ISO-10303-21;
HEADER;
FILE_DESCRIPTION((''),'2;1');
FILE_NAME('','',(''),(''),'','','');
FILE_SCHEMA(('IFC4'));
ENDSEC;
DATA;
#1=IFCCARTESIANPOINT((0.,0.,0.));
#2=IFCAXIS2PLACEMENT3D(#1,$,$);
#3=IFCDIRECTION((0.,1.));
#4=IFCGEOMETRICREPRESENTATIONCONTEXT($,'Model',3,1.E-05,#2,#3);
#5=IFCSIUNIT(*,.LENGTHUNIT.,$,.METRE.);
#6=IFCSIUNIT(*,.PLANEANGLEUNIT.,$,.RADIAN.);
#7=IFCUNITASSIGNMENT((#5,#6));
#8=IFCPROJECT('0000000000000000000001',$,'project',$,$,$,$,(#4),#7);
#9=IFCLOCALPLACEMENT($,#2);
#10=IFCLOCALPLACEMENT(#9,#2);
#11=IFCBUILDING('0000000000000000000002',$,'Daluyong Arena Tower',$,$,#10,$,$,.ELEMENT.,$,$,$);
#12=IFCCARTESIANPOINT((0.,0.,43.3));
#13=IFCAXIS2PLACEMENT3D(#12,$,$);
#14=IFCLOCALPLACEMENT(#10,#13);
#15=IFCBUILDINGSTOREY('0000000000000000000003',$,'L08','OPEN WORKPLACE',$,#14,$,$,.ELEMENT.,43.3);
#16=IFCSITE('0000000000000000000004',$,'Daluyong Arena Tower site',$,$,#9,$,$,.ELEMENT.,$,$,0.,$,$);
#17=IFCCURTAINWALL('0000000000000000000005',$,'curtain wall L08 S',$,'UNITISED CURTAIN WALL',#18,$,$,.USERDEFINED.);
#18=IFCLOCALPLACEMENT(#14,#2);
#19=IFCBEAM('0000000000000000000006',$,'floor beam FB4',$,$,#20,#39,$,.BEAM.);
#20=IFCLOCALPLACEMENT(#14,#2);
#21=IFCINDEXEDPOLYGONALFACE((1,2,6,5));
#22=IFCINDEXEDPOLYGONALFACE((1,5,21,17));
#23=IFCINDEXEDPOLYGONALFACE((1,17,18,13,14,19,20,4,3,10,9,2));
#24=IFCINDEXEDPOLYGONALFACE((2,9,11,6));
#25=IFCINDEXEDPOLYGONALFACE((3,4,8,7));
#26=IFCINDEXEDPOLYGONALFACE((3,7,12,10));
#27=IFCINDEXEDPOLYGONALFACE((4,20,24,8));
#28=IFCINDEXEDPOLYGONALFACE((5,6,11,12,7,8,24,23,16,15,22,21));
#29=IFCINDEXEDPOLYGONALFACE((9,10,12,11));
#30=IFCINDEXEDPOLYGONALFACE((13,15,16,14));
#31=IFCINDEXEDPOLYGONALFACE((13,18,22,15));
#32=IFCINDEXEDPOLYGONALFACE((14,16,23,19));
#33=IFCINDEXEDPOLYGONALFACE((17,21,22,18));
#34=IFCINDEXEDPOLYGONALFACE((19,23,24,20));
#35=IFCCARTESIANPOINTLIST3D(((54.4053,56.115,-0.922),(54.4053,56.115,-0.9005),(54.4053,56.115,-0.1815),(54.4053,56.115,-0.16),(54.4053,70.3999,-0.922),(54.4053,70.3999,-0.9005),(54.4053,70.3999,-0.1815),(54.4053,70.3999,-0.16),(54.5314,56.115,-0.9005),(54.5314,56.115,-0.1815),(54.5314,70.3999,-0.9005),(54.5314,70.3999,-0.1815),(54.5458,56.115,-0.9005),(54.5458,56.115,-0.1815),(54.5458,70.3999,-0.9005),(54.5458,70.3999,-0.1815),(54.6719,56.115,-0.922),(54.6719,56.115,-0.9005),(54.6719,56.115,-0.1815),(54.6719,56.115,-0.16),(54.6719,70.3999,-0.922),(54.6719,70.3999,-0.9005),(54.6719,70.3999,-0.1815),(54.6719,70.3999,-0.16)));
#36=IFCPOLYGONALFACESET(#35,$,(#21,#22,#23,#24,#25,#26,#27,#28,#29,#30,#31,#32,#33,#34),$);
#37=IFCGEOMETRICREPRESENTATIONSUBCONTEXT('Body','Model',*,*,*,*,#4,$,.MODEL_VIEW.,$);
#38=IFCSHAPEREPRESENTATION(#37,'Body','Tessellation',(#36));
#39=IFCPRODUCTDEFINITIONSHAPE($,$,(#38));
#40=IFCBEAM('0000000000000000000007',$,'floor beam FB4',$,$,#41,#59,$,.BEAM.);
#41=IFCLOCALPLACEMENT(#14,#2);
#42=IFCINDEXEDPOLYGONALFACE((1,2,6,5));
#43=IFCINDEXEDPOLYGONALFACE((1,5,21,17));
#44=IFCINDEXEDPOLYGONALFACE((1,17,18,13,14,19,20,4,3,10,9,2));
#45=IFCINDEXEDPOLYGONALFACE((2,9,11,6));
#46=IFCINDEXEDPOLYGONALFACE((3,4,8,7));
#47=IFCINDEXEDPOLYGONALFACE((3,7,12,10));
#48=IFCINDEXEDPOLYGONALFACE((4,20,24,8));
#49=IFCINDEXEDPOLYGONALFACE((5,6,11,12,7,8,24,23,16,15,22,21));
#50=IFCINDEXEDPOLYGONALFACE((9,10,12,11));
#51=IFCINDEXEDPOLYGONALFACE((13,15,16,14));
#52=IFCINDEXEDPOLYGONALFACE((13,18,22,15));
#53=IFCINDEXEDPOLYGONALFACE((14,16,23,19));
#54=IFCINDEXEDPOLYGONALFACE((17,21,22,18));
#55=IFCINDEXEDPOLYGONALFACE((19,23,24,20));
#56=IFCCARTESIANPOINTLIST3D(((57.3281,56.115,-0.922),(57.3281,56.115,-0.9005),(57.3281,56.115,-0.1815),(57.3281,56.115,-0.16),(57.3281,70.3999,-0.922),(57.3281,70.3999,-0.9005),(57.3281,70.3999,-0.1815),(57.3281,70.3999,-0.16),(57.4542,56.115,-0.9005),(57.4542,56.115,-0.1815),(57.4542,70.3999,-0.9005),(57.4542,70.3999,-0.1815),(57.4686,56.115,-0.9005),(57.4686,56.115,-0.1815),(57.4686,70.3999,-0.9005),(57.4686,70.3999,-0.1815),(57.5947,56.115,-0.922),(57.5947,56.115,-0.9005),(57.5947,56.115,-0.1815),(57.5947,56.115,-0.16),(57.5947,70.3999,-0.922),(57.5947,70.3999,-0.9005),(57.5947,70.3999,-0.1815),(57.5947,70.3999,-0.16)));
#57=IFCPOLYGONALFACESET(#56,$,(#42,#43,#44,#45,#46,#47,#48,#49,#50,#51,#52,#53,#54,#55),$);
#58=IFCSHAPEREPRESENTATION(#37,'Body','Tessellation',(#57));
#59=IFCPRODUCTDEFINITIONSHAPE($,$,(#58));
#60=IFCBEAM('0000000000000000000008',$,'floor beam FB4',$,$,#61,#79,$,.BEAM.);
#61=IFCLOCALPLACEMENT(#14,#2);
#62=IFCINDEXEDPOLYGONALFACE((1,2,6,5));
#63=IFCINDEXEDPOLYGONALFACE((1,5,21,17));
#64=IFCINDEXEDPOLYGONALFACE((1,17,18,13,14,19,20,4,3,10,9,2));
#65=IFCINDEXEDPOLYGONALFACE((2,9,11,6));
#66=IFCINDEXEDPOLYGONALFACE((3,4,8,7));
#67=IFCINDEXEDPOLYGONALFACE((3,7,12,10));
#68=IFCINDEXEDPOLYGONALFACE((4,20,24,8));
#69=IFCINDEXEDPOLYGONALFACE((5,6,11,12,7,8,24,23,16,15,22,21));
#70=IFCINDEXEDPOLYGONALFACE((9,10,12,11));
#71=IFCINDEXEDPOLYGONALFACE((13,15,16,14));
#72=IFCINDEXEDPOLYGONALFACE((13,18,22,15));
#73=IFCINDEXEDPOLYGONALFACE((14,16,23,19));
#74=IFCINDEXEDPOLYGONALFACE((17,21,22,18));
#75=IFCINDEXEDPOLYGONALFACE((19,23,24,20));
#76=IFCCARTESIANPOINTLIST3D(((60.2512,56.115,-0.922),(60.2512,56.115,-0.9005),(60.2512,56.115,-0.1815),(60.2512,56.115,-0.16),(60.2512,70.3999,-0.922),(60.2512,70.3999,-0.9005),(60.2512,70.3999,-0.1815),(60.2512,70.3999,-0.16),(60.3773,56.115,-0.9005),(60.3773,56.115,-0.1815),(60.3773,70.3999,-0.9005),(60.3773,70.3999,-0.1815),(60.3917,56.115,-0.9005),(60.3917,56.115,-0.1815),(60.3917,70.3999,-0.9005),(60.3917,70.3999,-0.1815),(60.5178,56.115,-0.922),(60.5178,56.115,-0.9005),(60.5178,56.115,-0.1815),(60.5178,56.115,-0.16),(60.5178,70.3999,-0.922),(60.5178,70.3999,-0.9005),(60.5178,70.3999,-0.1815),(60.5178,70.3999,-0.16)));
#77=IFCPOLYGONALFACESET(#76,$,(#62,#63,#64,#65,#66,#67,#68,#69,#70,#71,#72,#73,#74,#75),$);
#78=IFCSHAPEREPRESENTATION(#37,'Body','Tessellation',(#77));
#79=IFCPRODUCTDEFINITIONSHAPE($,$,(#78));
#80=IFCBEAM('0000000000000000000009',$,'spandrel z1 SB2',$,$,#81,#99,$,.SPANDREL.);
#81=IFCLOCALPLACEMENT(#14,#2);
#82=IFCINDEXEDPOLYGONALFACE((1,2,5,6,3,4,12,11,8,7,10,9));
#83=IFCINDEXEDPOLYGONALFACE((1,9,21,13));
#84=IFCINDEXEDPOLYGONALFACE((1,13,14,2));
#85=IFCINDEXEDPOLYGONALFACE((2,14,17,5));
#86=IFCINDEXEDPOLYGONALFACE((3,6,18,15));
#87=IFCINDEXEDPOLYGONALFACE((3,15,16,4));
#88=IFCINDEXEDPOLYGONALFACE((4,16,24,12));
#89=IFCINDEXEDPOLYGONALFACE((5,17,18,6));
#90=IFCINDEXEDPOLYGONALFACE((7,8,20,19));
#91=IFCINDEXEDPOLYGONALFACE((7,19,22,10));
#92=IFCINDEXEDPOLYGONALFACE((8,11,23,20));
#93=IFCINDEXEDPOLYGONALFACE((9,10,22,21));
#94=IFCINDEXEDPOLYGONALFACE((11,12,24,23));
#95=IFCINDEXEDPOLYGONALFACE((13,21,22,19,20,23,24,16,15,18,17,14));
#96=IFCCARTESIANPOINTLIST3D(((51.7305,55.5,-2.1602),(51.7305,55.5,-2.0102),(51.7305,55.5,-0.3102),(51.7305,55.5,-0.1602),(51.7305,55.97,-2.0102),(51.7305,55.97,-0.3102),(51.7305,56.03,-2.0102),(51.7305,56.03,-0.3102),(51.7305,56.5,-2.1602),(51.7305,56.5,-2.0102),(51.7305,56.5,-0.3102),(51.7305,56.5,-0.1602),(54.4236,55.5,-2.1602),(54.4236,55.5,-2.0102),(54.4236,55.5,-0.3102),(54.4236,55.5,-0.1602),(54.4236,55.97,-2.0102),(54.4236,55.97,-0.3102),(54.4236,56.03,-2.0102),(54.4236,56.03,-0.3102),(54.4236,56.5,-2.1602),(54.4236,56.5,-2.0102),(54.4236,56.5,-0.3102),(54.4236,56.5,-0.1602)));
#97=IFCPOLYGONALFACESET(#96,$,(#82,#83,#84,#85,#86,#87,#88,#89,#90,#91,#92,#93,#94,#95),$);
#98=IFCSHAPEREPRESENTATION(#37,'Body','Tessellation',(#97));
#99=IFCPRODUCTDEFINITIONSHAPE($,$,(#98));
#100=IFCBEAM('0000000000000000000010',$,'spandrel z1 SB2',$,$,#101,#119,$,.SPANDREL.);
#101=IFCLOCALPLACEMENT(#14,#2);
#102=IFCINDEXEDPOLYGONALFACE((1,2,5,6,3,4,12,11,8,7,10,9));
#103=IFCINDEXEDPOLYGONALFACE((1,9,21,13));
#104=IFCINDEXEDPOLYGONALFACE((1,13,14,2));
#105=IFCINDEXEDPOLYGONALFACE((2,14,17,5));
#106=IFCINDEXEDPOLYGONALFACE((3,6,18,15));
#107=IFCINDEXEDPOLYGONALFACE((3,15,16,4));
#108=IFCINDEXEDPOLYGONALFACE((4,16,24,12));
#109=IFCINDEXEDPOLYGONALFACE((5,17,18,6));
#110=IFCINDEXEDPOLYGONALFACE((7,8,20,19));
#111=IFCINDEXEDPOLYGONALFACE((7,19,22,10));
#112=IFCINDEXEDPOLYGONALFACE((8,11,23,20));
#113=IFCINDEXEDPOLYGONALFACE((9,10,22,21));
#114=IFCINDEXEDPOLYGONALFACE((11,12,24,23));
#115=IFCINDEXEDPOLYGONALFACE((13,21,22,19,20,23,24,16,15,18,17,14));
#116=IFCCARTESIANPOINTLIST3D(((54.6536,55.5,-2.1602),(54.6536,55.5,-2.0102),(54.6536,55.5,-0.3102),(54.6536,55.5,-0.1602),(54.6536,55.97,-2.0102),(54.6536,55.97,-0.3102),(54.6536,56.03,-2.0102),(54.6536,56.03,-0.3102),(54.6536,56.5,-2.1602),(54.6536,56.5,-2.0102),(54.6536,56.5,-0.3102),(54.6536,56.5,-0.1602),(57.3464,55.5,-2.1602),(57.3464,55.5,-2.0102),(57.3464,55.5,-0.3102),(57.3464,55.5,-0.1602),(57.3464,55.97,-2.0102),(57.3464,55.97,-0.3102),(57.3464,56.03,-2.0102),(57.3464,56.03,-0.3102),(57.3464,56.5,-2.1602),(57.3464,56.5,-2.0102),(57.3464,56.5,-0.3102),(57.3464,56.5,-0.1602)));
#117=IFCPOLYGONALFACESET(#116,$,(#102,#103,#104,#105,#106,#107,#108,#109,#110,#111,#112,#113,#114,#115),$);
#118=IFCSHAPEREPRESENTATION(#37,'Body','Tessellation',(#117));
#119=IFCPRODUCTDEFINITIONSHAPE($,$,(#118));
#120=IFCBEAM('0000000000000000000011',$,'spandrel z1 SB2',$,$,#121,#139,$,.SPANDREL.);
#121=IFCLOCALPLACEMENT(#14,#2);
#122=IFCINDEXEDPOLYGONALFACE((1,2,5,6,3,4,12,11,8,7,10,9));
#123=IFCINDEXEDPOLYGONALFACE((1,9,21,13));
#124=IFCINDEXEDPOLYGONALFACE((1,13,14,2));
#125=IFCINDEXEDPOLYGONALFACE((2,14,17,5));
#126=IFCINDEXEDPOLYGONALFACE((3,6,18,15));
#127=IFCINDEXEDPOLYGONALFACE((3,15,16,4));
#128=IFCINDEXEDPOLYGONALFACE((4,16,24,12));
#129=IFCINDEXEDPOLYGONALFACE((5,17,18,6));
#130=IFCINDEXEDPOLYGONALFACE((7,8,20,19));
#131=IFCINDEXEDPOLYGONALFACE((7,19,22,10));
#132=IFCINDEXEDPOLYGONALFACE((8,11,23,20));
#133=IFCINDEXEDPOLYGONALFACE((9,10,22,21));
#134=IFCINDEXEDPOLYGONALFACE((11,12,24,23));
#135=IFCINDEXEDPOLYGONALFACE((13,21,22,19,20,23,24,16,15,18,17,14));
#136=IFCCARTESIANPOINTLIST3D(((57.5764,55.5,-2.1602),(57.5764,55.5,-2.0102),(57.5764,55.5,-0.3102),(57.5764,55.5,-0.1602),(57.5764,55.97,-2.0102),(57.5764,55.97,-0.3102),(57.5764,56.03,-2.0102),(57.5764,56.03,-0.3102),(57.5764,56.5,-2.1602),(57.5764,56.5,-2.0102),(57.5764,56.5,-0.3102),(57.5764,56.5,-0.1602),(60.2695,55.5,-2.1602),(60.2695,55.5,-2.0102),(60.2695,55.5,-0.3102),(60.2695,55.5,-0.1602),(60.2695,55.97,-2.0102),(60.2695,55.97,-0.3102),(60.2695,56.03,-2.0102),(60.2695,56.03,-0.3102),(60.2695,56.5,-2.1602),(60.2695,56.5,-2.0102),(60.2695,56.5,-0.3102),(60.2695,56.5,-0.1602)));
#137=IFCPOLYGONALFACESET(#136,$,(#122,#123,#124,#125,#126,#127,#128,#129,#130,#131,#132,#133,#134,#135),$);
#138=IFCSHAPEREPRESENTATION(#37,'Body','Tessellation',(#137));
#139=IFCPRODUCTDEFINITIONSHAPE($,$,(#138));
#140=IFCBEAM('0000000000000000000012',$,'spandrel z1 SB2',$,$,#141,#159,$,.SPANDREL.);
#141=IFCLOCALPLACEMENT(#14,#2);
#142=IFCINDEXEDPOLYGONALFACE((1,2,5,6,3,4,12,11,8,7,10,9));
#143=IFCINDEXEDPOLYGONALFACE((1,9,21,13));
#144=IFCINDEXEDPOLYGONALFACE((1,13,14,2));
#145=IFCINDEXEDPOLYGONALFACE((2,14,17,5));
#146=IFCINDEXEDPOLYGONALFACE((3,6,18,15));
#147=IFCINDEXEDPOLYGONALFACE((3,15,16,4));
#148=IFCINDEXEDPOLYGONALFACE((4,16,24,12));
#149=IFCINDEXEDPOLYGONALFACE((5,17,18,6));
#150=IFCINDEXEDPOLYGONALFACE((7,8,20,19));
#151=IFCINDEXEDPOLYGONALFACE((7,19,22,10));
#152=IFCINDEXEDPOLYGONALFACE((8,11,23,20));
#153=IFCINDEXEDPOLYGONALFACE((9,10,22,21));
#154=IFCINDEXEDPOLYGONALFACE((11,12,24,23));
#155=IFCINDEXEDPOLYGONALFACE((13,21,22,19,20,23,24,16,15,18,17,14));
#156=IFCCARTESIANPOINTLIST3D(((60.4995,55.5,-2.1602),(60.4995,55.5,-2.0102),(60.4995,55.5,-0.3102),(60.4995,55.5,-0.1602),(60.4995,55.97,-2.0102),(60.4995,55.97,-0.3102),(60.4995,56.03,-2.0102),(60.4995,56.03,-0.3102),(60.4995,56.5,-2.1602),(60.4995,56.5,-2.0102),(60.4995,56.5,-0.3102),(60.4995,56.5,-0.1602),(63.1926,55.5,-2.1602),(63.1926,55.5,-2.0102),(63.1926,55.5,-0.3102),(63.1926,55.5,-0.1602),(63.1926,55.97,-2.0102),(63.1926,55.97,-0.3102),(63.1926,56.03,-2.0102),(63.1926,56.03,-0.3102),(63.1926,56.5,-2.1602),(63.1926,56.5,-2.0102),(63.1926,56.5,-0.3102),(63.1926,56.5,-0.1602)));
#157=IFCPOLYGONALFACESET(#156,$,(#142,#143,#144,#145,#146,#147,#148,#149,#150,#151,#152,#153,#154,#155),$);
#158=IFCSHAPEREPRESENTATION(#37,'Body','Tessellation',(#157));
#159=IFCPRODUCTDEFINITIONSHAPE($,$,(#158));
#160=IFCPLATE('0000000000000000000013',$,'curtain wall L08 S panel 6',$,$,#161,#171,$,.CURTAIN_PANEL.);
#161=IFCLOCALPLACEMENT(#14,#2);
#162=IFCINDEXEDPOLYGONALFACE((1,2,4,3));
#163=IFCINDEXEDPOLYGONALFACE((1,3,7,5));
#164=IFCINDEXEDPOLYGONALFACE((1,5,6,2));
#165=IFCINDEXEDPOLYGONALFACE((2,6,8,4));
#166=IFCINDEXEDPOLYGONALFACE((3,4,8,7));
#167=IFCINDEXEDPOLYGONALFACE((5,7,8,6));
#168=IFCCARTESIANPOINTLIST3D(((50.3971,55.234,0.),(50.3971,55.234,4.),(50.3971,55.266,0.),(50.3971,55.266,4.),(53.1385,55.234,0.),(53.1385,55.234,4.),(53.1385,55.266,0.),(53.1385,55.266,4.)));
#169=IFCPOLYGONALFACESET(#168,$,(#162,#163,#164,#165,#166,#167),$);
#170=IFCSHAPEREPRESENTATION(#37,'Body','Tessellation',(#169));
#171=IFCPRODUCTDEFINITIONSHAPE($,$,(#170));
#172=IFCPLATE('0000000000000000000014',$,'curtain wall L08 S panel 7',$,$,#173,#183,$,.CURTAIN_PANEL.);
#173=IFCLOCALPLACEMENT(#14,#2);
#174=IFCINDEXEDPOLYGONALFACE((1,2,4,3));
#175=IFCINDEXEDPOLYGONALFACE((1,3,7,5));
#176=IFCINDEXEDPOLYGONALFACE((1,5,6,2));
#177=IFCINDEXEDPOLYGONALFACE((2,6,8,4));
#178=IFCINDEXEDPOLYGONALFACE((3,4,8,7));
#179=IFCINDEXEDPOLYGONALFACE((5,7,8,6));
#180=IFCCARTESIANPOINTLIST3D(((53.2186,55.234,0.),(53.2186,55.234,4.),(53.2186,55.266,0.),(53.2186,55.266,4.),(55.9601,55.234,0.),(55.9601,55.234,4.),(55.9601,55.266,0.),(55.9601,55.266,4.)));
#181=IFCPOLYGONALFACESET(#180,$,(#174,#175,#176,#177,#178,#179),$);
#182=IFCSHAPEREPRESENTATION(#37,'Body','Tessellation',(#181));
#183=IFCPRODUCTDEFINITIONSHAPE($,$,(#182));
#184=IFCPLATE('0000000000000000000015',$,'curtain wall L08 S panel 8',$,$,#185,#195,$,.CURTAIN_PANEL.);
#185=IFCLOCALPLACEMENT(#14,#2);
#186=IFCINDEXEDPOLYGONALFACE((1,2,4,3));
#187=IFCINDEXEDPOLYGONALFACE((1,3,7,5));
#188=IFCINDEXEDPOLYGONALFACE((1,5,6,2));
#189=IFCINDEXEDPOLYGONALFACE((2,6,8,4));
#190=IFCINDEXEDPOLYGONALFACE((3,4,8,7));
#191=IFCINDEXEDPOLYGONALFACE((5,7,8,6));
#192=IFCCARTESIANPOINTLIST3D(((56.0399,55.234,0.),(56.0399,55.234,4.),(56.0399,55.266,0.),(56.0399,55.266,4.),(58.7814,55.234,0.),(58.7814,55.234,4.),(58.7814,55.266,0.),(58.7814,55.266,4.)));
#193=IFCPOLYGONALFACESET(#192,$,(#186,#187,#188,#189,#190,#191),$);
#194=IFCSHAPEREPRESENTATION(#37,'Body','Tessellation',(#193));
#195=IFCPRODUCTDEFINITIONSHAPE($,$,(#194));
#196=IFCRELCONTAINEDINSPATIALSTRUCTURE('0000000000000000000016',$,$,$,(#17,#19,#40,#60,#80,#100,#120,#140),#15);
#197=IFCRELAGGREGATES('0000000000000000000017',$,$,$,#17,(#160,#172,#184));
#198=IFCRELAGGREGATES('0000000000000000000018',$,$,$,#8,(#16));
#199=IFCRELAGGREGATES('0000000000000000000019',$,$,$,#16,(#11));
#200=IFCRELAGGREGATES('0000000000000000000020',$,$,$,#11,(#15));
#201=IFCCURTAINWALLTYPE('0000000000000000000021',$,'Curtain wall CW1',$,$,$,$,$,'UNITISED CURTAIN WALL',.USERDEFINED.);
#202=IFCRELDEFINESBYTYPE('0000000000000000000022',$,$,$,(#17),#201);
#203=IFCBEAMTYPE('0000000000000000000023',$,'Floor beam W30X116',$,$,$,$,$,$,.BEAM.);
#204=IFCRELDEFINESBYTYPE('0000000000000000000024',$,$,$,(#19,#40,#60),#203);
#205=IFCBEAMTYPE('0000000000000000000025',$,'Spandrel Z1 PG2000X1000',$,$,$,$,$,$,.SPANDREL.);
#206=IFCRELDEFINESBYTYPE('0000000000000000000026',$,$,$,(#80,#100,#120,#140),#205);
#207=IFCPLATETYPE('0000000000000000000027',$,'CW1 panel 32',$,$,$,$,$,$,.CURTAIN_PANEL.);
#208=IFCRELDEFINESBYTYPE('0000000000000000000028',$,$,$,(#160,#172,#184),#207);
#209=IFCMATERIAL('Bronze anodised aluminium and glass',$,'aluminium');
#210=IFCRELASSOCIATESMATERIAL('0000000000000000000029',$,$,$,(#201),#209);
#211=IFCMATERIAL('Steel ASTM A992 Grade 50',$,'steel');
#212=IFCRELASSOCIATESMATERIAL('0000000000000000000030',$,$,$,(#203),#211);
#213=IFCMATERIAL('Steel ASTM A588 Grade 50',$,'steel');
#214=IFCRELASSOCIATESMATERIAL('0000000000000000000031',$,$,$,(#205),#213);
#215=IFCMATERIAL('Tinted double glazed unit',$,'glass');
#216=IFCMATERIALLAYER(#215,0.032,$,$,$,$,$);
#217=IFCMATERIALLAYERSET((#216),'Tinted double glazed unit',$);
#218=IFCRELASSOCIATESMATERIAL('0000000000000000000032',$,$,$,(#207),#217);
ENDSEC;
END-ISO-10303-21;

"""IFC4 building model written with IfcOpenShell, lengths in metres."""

from ifc_helpers import new_model, si_unit, direction, frame, origin, origin_2d, place, context, subcontext, project, spatial, rectangle, i_section, extrude, material, layer, layer_set, material_profile, profile_set, type_object, element, aggregate, save


model = new_model("IFC4")

# Units and contexts
model_context = context("Model", 3, precision=1e-05, world=origin(), true_north=direction((0.0, 1.0)))
body_context = subcontext(model_context, "Body", "Model", "MODEL_VIEW")
ifc_project = project(units=[si_unit("LENGTHUNIT", "METRE"), si_unit("PLANEANGLEUNIT", "RADIAN")], contexts=[model_context])

# Site, building, storey
site_placement = place(None, origin())
site = spatial("IfcSite", under=ifc_project, at=site_placement, Name="Daluyong Arena Tower site", CompositionType="ELEMENT", RefElevation=0.0)
building_placement = place(site_placement, origin())
building = spatial("IfcBuilding", under=site, at=building_placement, Name="Daluyong Arena Tower", CompositionType="ELEMENT")
storey_placement = place(building_placement, frame((0.0, 0.0, 43.3)))
storey = spatial("IfcBuildingStorey", under=building, at=storey_placement, Name="L08", Description="OPEN WORKPLACE", CompositionType="ELEMENT", Elevation=43.3)

# Curtain wall
ifc_material_1 = material(Name="Bronze anodised aluminium and glass", Category="aluminium")
curtain_wall_type = type_object("IfcCurtainWallType", Name="Curtain wall CW1", ElementType="UNITISED CURTAIN WALL", PredefinedType="USERDEFINED", material=ifc_material_1)
curtain_wall_placement = place(storey_placement, origin())
curtain_wall = element("IfcCurtainWall", 1, at=curtain_wall_placement, inside=storey, type_object=curtain_wall_type, Name="curtain wall L08 S", ObjectType="UNITISED CURTAIN WALL", PredefinedType="USERDEFINED")

# Beams
ifc_material_2 = material(Name="Steel ASTM A992 Grade 50", Category="steel")
ifc_material_profile_1 = material_profile(ifc_material_2, i_section(OverallWidth=0.2666, OverallDepth=0.762, WebThickness=0.0144, FlangeThickness=0.0215, at=origin_2d()))
ifc_profile_set_1 = profile_set([ifc_material_profile_1], Name="Steel ASTM A992 Grade 50")
beam_type_1 = type_object("IfcBeamType", Name="Floor beam W30X116", PredefinedType="BEAM", material=ifc_profile_set_1)
for number, where, z_axis, x_axis, name in (
    (2, (54.5386, 56.115, -0.541), (0.0, 1.0, 0.0), (-1.0, 0.0, 0.0), "floor beam FB4"),
    (3, (57.4614, 56.115, -0.541), (0.0, 1.0, 0.0), (-1.0, 0.0, 0.0), "floor beam FB4"),
    (4, (60.3845, 56.115, -0.541), (0.0, 1.0, 0.0), (-1.0, 0.0, 0.0), "floor beam FB4"),
):
    element("IfcBeam", number, at=place(storey_placement, frame(where, z_axis=z_axis, x_axis=x_axis)), inside=storey, type_object=beam_type_1, Name=name, PredefinedType="BEAM", context=body_context, shape_type="SweptSolid", body=[
        extrude(i_section(OverallWidth=0.2666, OverallDepth=0.762, WebThickness=0.0144, FlangeThickness=0.0215, at=origin_2d()), origin(), (0.0, 0.0, 1.0), 14.2849),
    ])
ifc_material_3 = material(Name="Steel ASTM A588 Grade 50", Category="steel")
ifc_material_profile_2 = material_profile(ifc_material_3, i_section(OverallWidth=1.0, OverallDepth=2.0, WebThickness=0.06, FlangeThickness=0.15, at=origin_2d()))
ifc_profile_set_2 = profile_set([ifc_material_profile_2], Name="Steel ASTM A588 Grade 50")
beam_type_2 = type_object("IfcBeamType", Name="Spandrel Z1 PG2000X1000", PredefinedType="SPANDREL", material=ifc_profile_set_2)
beam_1_placement = place(storey_placement, frame((51.7305, 56.0, -1.1602), z_axis=(1.0, 0.0, 0.0), x_axis=(0.0, 1.0, 0.0)))
element("IfcBeam", 5, at=beam_1_placement, inside=storey, type_object=beam_type_2, Name="spandrel z1 SB2", PredefinedType="SPANDREL", context=body_context, shape_type="SweptSolid", body=[
    extrude(i_section(OverallWidth=1.0, OverallDepth=2.0, WebThickness=0.06, FlangeThickness=0.15, at=origin_2d()), origin(), (0.0, 0.0, 1.0), 2.6931),
])
beam_2_placement = place(storey_placement, frame((54.6536, 56.0, -1.1602), z_axis=(1.0, 0.0, 0.0), x_axis=(0.0, 1.0, 0.0)))
element("IfcBeam", 6, at=beam_2_placement, inside=storey, type_object=beam_type_2, Name="spandrel z1 SB2", PredefinedType="SPANDREL", context=body_context, shape_type="SweptSolid", body=[
    extrude(i_section(OverallWidth=1.0, OverallDepth=2.0, WebThickness=0.06, FlangeThickness=0.15, at=origin_2d()), origin(), (0.0, 0.0, 1.0), 2.6929),
])
for number, where, z_axis, x_axis, name in (
    (7, (57.5764, 56.0, -1.1602), (1.0, 0.0, 0.0), (0.0, 1.0, 0.0), "spandrel z1 SB2"),
    (8, (60.4995, 56.0, -1.1602), (1.0, 0.0, 0.0), (0.0, 1.0, 0.0), "spandrel z1 SB2"),
):
    element("IfcBeam", number, at=place(storey_placement, frame(where, z_axis=z_axis, x_axis=x_axis)), inside=storey, type_object=beam_type_2, Name=name, PredefinedType="SPANDREL", context=body_context, shape_type="SweptSolid", body=[
        extrude(i_section(OverallWidth=1.0, OverallDepth=2.0, WebThickness=0.06, FlangeThickness=0.15, at=origin_2d()), origin(), (0.0, 0.0, 1.0), 2.6931),
    ])

# Plates
ifc_material_4 = material(Name="Tinted double glazed unit", Category="glass")
ifc_layer_1 = layer(ifc_material_4, 0.032)
ifc_layer_set_1 = layer_set([ifc_layer_1], Name="Tinted double glazed unit")
plate_type = type_object("IfcPlateType", Name="CW1 panel 32", PredefinedType="CURTAIN_PANEL", material=ifc_layer_set_1)
plate_1_placement = place(storey_placement, frame((51.7678, 55.25, 0.0), z_axis=(0.0, 0.0, 1.0), x_axis=(1.0, 0.0, 0.0)))
plate_1 = element("IfcPlate", 9, at=plate_1_placement, type_object=plate_type, Name="curtain wall L08 S panel 6", PredefinedType="CURTAIN_PANEL", context=body_context, shape_type="SweptSolid", body=[
    extrude(rectangle(XDim=2.7415, YDim=0.032, at=origin_2d()), origin(), (0.0, 0.0, 1.0), 4.0),
])
plate_2_placement = place(storey_placement, frame((54.5894, 55.25, 0.0), z_axis=(0.0, 0.0, 1.0), x_axis=(1.0, 0.0, 0.0)))
plate_2 = element("IfcPlate", 10, at=plate_2_placement, type_object=plate_type, Name="curtain wall L08 S panel 7", PredefinedType="CURTAIN_PANEL", context=body_context, shape_type="SweptSolid", body=[
    extrude(rectangle(XDim=2.7415, YDim=0.032, at=origin_2d()), origin(), (0.0, 0.0, 1.0), 4.0),
])
plate_3_placement = place(storey_placement, frame((57.4106, 55.25, 0.0), z_axis=(0.0, 0.0, 1.0), x_axis=(1.0, 0.0, 0.0)))
plate_3 = element("IfcPlate", 11, at=plate_3_placement, type_object=plate_type, Name="curtain wall L08 S panel 8", PredefinedType="CURTAIN_PANEL", context=body_context, shape_type="SweptSolid", body=[
    extrude(rectangle(XDim=2.7415, YDim=0.032, at=origin_2d()), origin(), (0.0, 0.0, 1.0), 4.0),
])
aggregate(curtain_wall, [plate_1, plate_2, plate_3])

save(model, "model.ifc")
